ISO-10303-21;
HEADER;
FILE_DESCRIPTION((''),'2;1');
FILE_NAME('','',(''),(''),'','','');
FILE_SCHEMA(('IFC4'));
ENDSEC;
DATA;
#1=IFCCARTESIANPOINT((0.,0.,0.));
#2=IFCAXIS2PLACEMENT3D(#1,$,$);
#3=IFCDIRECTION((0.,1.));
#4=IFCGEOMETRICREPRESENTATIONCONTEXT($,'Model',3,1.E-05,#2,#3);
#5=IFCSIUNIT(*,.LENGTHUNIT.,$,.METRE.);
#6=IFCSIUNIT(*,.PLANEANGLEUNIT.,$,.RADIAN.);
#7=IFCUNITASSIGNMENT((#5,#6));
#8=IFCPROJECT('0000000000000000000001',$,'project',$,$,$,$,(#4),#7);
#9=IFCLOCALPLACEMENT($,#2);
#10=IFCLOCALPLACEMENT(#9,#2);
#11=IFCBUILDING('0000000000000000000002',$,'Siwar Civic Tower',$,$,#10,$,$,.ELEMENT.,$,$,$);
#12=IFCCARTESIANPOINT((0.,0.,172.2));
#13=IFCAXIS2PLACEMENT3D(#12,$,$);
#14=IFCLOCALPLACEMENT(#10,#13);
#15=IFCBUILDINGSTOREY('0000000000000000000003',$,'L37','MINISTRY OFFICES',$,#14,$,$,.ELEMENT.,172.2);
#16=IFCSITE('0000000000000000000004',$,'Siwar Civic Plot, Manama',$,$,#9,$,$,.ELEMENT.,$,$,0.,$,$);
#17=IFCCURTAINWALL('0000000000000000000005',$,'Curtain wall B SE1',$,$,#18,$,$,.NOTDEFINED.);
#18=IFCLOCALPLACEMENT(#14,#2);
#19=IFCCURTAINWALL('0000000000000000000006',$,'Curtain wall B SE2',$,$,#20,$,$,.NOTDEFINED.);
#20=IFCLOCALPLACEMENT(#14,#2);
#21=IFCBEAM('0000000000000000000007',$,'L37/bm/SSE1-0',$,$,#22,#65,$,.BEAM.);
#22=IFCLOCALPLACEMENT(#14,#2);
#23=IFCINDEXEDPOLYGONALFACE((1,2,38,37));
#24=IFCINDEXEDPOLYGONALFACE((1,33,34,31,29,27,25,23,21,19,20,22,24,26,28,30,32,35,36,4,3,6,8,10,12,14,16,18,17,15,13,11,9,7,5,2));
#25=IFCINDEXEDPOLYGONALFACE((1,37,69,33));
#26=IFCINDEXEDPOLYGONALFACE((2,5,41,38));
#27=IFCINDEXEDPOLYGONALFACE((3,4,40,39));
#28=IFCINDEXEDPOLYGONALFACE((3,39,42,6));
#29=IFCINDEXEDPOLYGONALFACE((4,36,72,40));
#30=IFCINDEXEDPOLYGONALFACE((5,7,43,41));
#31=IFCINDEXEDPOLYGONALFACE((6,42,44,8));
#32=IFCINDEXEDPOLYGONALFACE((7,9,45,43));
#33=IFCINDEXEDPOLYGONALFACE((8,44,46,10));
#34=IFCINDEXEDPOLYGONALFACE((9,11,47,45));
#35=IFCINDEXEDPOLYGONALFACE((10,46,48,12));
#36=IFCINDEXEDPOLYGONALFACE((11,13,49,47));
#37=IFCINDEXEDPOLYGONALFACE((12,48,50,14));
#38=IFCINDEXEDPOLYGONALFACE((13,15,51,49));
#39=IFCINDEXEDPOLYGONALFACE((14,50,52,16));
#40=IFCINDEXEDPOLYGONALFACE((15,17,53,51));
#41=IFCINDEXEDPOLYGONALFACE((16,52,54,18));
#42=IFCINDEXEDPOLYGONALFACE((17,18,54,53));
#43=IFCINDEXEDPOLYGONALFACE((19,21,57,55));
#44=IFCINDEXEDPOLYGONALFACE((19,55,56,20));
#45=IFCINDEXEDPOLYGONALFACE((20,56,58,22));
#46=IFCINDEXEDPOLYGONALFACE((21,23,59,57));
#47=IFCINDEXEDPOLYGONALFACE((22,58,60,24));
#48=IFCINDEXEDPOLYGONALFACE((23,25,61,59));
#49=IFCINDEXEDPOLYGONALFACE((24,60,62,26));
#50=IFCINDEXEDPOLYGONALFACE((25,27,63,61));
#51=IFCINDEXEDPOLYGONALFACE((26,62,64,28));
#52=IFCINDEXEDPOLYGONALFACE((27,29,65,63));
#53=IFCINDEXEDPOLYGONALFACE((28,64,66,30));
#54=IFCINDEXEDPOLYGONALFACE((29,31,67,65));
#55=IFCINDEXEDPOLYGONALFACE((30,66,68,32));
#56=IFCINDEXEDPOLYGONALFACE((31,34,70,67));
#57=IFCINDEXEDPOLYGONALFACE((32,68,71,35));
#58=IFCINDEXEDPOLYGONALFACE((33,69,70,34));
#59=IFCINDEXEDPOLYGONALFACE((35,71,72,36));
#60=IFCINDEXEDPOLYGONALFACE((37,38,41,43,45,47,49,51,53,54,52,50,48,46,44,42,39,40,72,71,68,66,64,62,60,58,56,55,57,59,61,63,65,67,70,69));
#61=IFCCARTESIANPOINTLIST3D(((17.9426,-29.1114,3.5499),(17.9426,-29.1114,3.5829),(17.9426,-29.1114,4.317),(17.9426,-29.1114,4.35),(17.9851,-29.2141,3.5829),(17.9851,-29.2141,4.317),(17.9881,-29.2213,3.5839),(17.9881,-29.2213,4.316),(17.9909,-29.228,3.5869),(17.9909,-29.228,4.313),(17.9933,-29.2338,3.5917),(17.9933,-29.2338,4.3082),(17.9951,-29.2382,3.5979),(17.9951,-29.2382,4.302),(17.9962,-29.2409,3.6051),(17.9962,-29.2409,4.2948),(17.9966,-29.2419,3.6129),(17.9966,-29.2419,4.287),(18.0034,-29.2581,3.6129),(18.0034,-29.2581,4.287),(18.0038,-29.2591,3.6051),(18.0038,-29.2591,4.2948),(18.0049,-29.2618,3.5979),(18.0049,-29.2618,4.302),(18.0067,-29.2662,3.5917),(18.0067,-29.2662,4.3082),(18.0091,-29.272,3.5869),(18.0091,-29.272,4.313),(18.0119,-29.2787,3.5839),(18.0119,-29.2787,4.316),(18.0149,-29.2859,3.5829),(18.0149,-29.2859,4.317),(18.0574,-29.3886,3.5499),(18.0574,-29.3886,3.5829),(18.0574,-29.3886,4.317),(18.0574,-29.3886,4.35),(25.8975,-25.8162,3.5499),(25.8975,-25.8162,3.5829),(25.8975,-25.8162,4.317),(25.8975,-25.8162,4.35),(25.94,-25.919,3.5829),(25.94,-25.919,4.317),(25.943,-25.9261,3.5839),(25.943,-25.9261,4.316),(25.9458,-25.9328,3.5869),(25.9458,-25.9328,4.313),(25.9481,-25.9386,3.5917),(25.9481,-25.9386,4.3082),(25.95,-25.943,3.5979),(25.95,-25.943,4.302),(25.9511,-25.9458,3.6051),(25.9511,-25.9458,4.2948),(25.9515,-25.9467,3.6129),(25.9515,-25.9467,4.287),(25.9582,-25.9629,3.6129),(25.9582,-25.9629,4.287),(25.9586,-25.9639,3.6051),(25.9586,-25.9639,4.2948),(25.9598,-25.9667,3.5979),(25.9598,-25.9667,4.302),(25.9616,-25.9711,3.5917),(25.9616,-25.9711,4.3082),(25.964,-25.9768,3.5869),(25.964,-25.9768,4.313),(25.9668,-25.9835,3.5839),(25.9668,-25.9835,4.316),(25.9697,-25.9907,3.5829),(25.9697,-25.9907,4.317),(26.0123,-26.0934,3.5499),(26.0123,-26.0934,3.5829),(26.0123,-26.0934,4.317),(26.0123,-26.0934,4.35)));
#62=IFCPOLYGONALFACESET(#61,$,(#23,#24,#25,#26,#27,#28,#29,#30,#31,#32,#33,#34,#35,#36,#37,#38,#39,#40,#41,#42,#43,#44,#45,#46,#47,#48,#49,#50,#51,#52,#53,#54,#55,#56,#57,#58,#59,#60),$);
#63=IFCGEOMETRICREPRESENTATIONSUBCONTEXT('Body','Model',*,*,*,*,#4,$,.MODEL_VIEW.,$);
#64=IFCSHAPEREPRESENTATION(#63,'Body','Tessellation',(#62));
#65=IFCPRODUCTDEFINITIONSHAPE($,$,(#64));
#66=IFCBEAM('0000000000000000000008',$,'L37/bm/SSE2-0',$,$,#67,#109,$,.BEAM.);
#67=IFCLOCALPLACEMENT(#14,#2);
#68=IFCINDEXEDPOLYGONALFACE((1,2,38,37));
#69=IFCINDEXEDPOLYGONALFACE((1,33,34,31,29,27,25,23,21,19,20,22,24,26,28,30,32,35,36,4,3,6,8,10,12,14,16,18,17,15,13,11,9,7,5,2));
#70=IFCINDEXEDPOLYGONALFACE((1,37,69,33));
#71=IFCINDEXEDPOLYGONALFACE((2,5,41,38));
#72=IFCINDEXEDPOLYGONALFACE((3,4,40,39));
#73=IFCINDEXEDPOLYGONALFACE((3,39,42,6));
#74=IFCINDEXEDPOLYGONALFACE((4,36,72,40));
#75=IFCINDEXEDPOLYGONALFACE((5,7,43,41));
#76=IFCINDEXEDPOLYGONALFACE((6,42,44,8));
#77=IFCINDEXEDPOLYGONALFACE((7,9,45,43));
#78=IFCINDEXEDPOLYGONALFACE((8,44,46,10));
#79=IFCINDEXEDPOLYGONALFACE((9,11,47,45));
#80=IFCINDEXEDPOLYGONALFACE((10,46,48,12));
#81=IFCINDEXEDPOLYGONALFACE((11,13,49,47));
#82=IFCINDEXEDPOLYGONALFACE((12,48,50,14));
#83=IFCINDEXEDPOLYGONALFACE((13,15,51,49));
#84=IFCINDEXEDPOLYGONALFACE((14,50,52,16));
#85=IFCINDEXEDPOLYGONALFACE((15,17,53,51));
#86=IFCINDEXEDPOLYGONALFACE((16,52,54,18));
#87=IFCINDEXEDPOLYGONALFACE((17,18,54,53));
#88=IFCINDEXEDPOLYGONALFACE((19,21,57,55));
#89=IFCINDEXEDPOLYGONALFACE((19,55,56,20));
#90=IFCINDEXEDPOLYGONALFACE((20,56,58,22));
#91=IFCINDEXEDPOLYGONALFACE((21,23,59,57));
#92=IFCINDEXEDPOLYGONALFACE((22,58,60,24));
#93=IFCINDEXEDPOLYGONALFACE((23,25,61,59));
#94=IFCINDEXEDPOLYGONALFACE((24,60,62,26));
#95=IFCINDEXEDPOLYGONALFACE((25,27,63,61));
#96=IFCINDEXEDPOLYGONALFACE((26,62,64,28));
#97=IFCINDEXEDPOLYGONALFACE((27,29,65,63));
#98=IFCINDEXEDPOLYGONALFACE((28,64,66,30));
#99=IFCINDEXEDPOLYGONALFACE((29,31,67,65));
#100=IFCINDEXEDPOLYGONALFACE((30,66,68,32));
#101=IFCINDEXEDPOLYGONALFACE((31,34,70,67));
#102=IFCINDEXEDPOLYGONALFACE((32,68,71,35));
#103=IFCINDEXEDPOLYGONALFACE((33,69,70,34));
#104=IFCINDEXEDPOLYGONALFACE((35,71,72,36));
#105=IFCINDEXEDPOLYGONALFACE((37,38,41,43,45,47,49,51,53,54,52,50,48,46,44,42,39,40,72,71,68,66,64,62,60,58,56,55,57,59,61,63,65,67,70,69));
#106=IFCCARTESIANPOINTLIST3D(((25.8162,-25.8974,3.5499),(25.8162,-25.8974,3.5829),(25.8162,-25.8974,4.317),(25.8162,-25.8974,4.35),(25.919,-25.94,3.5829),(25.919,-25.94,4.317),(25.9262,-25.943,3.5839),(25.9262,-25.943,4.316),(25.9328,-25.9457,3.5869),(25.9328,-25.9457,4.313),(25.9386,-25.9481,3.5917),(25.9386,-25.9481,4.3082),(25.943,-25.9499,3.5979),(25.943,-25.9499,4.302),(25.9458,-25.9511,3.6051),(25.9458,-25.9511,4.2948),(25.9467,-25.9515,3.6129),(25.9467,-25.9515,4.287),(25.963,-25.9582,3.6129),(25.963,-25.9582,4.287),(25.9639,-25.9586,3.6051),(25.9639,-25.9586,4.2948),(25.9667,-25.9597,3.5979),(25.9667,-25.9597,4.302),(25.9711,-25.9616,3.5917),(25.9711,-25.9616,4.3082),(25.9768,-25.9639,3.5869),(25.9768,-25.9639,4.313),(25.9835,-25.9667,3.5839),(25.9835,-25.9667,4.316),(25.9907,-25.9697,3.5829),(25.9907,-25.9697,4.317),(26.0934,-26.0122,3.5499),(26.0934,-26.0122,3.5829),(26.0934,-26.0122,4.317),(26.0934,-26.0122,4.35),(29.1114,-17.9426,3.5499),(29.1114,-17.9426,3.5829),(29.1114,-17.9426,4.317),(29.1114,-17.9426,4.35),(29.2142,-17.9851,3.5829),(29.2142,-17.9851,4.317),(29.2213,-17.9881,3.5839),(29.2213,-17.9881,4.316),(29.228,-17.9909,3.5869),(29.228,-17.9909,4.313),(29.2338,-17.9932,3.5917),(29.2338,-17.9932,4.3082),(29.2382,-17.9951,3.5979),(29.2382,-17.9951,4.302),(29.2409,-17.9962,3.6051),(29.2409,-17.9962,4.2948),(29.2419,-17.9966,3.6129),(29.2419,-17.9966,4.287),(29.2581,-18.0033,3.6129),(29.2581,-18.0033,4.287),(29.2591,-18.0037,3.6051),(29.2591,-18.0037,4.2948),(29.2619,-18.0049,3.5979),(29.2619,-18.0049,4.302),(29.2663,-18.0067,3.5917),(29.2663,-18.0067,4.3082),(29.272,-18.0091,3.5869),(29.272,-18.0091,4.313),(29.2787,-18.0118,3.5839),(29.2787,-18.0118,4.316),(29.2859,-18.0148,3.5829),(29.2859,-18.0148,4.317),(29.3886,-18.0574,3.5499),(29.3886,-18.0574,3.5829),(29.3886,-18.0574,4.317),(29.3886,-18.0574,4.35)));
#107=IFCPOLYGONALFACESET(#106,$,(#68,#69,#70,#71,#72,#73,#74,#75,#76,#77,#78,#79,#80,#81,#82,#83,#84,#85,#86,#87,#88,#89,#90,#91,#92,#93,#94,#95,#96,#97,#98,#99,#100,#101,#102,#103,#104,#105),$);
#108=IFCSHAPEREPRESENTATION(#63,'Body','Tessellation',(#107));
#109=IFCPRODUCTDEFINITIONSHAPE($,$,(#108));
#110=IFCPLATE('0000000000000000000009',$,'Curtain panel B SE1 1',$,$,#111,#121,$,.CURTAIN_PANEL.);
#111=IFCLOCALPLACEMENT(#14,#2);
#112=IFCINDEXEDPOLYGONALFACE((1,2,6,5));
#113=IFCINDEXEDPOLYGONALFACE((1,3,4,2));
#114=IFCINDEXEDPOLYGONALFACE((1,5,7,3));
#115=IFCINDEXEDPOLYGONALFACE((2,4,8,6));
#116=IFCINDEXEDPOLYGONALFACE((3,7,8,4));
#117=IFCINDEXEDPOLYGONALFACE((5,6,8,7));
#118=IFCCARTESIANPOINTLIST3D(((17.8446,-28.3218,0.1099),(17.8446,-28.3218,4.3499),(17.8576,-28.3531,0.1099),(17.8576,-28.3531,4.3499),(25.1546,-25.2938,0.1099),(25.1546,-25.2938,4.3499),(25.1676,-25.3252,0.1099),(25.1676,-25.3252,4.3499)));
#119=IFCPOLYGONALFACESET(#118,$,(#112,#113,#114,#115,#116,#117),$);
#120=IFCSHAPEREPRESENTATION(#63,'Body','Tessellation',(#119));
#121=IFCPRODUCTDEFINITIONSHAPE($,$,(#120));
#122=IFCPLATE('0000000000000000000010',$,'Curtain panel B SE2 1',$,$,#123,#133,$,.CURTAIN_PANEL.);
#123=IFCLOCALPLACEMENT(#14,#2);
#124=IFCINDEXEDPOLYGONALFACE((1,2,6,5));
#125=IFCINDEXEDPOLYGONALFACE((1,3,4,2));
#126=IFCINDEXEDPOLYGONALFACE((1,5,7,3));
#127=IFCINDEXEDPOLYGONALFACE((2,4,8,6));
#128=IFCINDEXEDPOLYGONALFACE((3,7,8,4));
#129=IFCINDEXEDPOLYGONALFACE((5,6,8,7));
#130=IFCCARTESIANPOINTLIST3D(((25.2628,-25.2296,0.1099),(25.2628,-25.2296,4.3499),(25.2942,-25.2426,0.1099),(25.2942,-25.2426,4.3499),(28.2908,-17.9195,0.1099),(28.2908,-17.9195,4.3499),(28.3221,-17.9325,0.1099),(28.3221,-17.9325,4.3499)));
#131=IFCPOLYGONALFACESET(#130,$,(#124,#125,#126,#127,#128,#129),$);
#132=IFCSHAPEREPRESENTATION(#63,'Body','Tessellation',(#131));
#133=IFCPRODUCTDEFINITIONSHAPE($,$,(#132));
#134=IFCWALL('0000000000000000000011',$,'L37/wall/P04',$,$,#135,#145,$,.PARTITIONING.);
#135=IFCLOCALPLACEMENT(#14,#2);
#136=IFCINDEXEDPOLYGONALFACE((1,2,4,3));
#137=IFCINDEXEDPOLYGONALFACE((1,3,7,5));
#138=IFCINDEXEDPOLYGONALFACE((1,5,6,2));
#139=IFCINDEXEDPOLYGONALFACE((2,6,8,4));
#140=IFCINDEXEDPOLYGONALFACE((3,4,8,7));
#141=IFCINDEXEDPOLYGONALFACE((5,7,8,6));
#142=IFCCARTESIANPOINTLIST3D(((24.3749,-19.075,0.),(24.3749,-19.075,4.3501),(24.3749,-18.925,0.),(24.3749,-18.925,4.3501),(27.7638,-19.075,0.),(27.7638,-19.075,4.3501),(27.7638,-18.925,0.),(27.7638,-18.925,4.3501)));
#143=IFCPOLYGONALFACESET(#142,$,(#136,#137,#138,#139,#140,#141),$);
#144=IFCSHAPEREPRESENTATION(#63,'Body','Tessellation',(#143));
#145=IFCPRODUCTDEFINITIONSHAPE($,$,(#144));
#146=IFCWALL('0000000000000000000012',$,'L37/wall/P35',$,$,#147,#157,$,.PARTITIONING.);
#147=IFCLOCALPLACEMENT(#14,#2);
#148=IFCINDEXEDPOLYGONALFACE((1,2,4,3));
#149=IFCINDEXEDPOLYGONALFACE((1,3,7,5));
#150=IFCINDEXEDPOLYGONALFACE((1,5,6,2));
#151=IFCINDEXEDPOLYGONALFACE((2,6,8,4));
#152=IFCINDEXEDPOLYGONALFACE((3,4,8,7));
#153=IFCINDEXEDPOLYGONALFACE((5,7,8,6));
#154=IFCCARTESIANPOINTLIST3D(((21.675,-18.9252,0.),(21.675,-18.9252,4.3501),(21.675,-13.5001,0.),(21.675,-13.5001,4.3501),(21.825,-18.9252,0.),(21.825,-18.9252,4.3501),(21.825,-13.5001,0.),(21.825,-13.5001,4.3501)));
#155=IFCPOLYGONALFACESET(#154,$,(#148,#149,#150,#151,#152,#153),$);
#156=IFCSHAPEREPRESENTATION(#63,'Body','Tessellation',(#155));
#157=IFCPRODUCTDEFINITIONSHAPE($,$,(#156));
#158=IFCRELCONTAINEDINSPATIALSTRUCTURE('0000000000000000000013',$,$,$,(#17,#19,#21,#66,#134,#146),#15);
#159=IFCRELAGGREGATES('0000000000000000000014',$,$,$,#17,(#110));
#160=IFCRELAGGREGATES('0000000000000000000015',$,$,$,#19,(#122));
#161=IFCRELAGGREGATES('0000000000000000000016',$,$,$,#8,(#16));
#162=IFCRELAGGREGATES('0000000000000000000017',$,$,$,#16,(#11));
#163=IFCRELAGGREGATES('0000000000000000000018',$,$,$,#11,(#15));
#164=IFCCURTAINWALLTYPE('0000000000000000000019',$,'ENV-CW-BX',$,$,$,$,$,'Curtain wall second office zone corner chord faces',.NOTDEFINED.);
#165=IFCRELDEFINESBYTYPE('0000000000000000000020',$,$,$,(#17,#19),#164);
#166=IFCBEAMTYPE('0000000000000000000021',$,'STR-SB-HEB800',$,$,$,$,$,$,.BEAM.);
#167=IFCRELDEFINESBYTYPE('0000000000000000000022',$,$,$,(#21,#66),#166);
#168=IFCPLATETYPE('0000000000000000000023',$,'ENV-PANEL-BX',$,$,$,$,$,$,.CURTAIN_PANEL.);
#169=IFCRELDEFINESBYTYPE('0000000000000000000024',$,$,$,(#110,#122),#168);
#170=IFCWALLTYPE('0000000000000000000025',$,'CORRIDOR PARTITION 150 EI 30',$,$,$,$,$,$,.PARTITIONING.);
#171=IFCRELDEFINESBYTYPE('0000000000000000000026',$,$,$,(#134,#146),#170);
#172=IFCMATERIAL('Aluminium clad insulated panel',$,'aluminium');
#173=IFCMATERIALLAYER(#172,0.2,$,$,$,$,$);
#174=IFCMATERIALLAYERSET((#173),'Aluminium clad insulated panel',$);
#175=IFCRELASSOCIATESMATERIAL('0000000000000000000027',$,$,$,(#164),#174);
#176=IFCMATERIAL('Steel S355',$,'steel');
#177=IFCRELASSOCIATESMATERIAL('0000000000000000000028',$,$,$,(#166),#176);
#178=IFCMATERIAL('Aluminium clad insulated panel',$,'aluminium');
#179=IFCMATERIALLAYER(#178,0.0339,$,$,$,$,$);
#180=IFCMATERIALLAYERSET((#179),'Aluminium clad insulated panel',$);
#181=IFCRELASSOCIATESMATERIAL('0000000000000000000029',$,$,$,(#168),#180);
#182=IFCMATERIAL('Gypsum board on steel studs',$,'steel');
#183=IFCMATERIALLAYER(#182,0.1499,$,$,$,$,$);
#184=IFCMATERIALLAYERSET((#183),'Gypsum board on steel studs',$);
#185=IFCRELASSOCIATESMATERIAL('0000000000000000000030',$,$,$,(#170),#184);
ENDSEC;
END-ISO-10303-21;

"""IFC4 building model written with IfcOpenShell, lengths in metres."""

from ifc_helpers import new_model, si_unit, direction, frame, frame_2d, origin, origin_2d, place, context, subcontext, project, spatial, rectangle, i_section, extrude, material, layer, layer_set, material_profile, profile_set, type_object, element, aggregate, save


model = new_model("IFC4")

# Units and contexts
model_context = context("Model", 3, precision=1e-05, world=origin(), true_north=direction((0.0, 1.0)))
body_context = subcontext(model_context, "Body", "Model", "MODEL_VIEW")
ifc_project = project(units=[si_unit("LENGTHUNIT", "METRE"), si_unit("PLANEANGLEUNIT", "RADIAN")], contexts=[model_context])

# Site, building, storey
site_placement = place(None, origin())
site = spatial("IfcSite", under=ifc_project, at=site_placement, Name="Siwar Civic Plot, Manama", CompositionType="ELEMENT", RefElevation=0.0)
building_placement = place(site_placement, origin())
building = spatial("IfcBuilding", under=site, at=building_placement, Name="Siwar Civic Tower", CompositionType="ELEMENT")
storey_placement = place(building_placement, frame((0.0, 0.0, 172.2)))
storey = spatial("IfcBuildingStorey", under=building, at=storey_placement, Name="L37", Description="MINISTRY OFFICES", CompositionType="ELEMENT", Elevation=172.2)

# Curtain walls
ifc_material_1 = material(Name="Aluminium clad insulated panel", Category="aluminium")
ifc_layer_1 = layer(ifc_material_1, 0.2)
ifc_layer_set_1 = layer_set([ifc_layer_1], Name="Aluminium clad insulated panel")
curtain_wall_type = type_object("IfcCurtainWallType", Name="ENV-CW-BX", ElementType="Curtain wall second office zone corner chord faces", PredefinedType="NOTDEFINED", material=ifc_layer_set_1)
curtain_wall_1_placement = place(storey_placement, origin())
curtain_wall_1 = element("IfcCurtainWall", 1, at=curtain_wall_1_placement, inside=storey, type_object=curtain_wall_type, Name="Curtain wall B SE1", PredefinedType="NOTDEFINED")
curtain_wall_2_placement = place(storey_placement, origin())
curtain_wall_2 = element("IfcCurtainWall", 2, at=curtain_wall_2_placement, inside=storey, type_object=curtain_wall_type, Name="Curtain wall B SE2", PredefinedType="NOTDEFINED")

# Beams
ifc_material_2 = material(Name="Steel S355", Category="steel")
ifc_material_profile_1 = material_profile(ifc_material_2, i_section(OverallWidth=0.3, OverallDepth=0.8, WebThickness=0.0176, FlangeThickness=0.033, FilletRadius=0.03, at=origin_2d()), Name="HEB800")
ifc_profile_set_1 = profile_set([ifc_material_profile_1], Name="Steel S355")
beam_type_1 = type_object("IfcBeamType", Name="STR-SB-HEB800", PredefinedType="BEAM", material=ifc_profile_set_1)
for number, where, z_axis, x_axis, name in (
    (3, (18.0, -29.25, 3.95), (0.923873, 0.3827, 0.0), (-0.3827, 0.923873, 0.0), "L37/bm/SSE1-0"),
    (4, (25.9548, -25.9548, 3.95), (0.3827, 0.923873, 0.0), (-0.923873, 0.3827, 0.0), "L37/bm/SSE2-0"),
):
    element("IfcBeam", number, at=place(storey_placement, frame(where, z_axis=z_axis, x_axis=x_axis)), inside=storey, type_object=beam_type_1, Name=name, PredefinedType="BEAM", context=body_context, shape_type="SweptSolid", body=[
        extrude(i_section(OverallWidth=0.3, OverallDepth=0.8, WebThickness=0.0176, FlangeThickness=0.033, FilletRadius=0.03, at=origin_2d()), origin(), (0.0, 0.0, 1.0), 8.6104),
    ])

# Plates
ifc_material_3 = material(Name="Aluminium clad insulated panel", Category="aluminium")
ifc_layer_2 = layer(ifc_material_3, 0.0339)
ifc_layer_set_2 = layer_set([ifc_layer_2], Name="Aluminium clad insulated panel")
plate_type = type_object("IfcPlateType", Name="ENV-PANEL-BX", PredefinedType="CURTAIN_PANEL", material=ifc_layer_set_2)
plate_1_placement = place(storey_placement, frame((21.5061, -26.8235, 0.1099), z_axis=(0.0, 0.0, 1.0), x_axis=(0.92388, 0.382683, 0.0)))
plate_1 = element("IfcPlate", 5, at=plate_1_placement, type_object=plate_type, Name="Curtain panel B SE1 1", PredefinedType="CURTAIN_PANEL", context=body_context, shape_type="SweptSolid", body=[
    extrude(rectangle(XDim=7.9124, YDim=0.0339, at=origin_2d()), origin(), (0.0, 0.0, 1.0), 4.24),
])
aggregate(curtain_wall_1, [plate_1])
plate_2_placement = place(storey_placement, frame((26.7925, -21.5811, 0.1099), z_axis=(0.0, 0.0, 1.0), x_axis=(0.382683, 0.92388, 0.0)))
plate_2 = element("IfcPlate", 6, at=plate_2_placement, type_object=plate_type, Name="Curtain panel B SE2 1", PredefinedType="CURTAIN_PANEL", context=body_context, shape_type="SweptSolid", body=[
    extrude(rectangle(XDim=7.9124, YDim=0.0339, at=origin_2d()), origin(), (0.0, 0.0, 1.0), 4.24),
])
aggregate(curtain_wall_2, [plate_2])

# Walls
ifc_material_4 = material(Name="Gypsum board on steel studs", Category="steel")
ifc_layer_3 = layer(ifc_material_4, 0.1499)
ifc_layer_set_3 = layer_set([ifc_layer_3], Name="Gypsum board on steel studs")
wall_type_1 = type_object("IfcWallType", Name="CORRIDOR PARTITION 150 EI 30", PredefinedType="PARTITIONING", material=ifc_layer_set_3)
wall_1_placement = place(storey_placement, frame((24.375, -19.0, 0.0), z_axis=(0.0, 0.0, 1.0), x_axis=(1.0, 0.0, 0.0)))
element("IfcWall", 7, at=wall_1_placement, inside=storey, type_object=wall_type_1, Name="L37/wall/P04", PredefinedType="PARTITIONING", context=body_context, shape_type="SweptSolid", body=[
    extrude(rectangle(XDim=3.3889, YDim=0.1499, at=frame_2d((1.6943, 0.0))), origin(), (0.0, 0.0, 1.0), 4.3501),
])
wall_2_placement = place(storey_placement, frame((21.75, -18.925, 0.0), z_axis=(0.0, 0.0, 1.0), x_axis=(0.0, 1.0, 0.0)))
element("IfcWall", 8, at=wall_2_placement, inside=storey, type_object=wall_type_1, Name="L37/wall/P35", PredefinedType="PARTITIONING", context=body_context, shape_type="SweptSolid", body=[
    extrude(rectangle(XDim=5.425, YDim=0.1499, at=frame_2d((2.7124, 0.0))), origin(), (0.0, 0.0, 1.0), 4.3501),
])

save(model, "model.ifc")
